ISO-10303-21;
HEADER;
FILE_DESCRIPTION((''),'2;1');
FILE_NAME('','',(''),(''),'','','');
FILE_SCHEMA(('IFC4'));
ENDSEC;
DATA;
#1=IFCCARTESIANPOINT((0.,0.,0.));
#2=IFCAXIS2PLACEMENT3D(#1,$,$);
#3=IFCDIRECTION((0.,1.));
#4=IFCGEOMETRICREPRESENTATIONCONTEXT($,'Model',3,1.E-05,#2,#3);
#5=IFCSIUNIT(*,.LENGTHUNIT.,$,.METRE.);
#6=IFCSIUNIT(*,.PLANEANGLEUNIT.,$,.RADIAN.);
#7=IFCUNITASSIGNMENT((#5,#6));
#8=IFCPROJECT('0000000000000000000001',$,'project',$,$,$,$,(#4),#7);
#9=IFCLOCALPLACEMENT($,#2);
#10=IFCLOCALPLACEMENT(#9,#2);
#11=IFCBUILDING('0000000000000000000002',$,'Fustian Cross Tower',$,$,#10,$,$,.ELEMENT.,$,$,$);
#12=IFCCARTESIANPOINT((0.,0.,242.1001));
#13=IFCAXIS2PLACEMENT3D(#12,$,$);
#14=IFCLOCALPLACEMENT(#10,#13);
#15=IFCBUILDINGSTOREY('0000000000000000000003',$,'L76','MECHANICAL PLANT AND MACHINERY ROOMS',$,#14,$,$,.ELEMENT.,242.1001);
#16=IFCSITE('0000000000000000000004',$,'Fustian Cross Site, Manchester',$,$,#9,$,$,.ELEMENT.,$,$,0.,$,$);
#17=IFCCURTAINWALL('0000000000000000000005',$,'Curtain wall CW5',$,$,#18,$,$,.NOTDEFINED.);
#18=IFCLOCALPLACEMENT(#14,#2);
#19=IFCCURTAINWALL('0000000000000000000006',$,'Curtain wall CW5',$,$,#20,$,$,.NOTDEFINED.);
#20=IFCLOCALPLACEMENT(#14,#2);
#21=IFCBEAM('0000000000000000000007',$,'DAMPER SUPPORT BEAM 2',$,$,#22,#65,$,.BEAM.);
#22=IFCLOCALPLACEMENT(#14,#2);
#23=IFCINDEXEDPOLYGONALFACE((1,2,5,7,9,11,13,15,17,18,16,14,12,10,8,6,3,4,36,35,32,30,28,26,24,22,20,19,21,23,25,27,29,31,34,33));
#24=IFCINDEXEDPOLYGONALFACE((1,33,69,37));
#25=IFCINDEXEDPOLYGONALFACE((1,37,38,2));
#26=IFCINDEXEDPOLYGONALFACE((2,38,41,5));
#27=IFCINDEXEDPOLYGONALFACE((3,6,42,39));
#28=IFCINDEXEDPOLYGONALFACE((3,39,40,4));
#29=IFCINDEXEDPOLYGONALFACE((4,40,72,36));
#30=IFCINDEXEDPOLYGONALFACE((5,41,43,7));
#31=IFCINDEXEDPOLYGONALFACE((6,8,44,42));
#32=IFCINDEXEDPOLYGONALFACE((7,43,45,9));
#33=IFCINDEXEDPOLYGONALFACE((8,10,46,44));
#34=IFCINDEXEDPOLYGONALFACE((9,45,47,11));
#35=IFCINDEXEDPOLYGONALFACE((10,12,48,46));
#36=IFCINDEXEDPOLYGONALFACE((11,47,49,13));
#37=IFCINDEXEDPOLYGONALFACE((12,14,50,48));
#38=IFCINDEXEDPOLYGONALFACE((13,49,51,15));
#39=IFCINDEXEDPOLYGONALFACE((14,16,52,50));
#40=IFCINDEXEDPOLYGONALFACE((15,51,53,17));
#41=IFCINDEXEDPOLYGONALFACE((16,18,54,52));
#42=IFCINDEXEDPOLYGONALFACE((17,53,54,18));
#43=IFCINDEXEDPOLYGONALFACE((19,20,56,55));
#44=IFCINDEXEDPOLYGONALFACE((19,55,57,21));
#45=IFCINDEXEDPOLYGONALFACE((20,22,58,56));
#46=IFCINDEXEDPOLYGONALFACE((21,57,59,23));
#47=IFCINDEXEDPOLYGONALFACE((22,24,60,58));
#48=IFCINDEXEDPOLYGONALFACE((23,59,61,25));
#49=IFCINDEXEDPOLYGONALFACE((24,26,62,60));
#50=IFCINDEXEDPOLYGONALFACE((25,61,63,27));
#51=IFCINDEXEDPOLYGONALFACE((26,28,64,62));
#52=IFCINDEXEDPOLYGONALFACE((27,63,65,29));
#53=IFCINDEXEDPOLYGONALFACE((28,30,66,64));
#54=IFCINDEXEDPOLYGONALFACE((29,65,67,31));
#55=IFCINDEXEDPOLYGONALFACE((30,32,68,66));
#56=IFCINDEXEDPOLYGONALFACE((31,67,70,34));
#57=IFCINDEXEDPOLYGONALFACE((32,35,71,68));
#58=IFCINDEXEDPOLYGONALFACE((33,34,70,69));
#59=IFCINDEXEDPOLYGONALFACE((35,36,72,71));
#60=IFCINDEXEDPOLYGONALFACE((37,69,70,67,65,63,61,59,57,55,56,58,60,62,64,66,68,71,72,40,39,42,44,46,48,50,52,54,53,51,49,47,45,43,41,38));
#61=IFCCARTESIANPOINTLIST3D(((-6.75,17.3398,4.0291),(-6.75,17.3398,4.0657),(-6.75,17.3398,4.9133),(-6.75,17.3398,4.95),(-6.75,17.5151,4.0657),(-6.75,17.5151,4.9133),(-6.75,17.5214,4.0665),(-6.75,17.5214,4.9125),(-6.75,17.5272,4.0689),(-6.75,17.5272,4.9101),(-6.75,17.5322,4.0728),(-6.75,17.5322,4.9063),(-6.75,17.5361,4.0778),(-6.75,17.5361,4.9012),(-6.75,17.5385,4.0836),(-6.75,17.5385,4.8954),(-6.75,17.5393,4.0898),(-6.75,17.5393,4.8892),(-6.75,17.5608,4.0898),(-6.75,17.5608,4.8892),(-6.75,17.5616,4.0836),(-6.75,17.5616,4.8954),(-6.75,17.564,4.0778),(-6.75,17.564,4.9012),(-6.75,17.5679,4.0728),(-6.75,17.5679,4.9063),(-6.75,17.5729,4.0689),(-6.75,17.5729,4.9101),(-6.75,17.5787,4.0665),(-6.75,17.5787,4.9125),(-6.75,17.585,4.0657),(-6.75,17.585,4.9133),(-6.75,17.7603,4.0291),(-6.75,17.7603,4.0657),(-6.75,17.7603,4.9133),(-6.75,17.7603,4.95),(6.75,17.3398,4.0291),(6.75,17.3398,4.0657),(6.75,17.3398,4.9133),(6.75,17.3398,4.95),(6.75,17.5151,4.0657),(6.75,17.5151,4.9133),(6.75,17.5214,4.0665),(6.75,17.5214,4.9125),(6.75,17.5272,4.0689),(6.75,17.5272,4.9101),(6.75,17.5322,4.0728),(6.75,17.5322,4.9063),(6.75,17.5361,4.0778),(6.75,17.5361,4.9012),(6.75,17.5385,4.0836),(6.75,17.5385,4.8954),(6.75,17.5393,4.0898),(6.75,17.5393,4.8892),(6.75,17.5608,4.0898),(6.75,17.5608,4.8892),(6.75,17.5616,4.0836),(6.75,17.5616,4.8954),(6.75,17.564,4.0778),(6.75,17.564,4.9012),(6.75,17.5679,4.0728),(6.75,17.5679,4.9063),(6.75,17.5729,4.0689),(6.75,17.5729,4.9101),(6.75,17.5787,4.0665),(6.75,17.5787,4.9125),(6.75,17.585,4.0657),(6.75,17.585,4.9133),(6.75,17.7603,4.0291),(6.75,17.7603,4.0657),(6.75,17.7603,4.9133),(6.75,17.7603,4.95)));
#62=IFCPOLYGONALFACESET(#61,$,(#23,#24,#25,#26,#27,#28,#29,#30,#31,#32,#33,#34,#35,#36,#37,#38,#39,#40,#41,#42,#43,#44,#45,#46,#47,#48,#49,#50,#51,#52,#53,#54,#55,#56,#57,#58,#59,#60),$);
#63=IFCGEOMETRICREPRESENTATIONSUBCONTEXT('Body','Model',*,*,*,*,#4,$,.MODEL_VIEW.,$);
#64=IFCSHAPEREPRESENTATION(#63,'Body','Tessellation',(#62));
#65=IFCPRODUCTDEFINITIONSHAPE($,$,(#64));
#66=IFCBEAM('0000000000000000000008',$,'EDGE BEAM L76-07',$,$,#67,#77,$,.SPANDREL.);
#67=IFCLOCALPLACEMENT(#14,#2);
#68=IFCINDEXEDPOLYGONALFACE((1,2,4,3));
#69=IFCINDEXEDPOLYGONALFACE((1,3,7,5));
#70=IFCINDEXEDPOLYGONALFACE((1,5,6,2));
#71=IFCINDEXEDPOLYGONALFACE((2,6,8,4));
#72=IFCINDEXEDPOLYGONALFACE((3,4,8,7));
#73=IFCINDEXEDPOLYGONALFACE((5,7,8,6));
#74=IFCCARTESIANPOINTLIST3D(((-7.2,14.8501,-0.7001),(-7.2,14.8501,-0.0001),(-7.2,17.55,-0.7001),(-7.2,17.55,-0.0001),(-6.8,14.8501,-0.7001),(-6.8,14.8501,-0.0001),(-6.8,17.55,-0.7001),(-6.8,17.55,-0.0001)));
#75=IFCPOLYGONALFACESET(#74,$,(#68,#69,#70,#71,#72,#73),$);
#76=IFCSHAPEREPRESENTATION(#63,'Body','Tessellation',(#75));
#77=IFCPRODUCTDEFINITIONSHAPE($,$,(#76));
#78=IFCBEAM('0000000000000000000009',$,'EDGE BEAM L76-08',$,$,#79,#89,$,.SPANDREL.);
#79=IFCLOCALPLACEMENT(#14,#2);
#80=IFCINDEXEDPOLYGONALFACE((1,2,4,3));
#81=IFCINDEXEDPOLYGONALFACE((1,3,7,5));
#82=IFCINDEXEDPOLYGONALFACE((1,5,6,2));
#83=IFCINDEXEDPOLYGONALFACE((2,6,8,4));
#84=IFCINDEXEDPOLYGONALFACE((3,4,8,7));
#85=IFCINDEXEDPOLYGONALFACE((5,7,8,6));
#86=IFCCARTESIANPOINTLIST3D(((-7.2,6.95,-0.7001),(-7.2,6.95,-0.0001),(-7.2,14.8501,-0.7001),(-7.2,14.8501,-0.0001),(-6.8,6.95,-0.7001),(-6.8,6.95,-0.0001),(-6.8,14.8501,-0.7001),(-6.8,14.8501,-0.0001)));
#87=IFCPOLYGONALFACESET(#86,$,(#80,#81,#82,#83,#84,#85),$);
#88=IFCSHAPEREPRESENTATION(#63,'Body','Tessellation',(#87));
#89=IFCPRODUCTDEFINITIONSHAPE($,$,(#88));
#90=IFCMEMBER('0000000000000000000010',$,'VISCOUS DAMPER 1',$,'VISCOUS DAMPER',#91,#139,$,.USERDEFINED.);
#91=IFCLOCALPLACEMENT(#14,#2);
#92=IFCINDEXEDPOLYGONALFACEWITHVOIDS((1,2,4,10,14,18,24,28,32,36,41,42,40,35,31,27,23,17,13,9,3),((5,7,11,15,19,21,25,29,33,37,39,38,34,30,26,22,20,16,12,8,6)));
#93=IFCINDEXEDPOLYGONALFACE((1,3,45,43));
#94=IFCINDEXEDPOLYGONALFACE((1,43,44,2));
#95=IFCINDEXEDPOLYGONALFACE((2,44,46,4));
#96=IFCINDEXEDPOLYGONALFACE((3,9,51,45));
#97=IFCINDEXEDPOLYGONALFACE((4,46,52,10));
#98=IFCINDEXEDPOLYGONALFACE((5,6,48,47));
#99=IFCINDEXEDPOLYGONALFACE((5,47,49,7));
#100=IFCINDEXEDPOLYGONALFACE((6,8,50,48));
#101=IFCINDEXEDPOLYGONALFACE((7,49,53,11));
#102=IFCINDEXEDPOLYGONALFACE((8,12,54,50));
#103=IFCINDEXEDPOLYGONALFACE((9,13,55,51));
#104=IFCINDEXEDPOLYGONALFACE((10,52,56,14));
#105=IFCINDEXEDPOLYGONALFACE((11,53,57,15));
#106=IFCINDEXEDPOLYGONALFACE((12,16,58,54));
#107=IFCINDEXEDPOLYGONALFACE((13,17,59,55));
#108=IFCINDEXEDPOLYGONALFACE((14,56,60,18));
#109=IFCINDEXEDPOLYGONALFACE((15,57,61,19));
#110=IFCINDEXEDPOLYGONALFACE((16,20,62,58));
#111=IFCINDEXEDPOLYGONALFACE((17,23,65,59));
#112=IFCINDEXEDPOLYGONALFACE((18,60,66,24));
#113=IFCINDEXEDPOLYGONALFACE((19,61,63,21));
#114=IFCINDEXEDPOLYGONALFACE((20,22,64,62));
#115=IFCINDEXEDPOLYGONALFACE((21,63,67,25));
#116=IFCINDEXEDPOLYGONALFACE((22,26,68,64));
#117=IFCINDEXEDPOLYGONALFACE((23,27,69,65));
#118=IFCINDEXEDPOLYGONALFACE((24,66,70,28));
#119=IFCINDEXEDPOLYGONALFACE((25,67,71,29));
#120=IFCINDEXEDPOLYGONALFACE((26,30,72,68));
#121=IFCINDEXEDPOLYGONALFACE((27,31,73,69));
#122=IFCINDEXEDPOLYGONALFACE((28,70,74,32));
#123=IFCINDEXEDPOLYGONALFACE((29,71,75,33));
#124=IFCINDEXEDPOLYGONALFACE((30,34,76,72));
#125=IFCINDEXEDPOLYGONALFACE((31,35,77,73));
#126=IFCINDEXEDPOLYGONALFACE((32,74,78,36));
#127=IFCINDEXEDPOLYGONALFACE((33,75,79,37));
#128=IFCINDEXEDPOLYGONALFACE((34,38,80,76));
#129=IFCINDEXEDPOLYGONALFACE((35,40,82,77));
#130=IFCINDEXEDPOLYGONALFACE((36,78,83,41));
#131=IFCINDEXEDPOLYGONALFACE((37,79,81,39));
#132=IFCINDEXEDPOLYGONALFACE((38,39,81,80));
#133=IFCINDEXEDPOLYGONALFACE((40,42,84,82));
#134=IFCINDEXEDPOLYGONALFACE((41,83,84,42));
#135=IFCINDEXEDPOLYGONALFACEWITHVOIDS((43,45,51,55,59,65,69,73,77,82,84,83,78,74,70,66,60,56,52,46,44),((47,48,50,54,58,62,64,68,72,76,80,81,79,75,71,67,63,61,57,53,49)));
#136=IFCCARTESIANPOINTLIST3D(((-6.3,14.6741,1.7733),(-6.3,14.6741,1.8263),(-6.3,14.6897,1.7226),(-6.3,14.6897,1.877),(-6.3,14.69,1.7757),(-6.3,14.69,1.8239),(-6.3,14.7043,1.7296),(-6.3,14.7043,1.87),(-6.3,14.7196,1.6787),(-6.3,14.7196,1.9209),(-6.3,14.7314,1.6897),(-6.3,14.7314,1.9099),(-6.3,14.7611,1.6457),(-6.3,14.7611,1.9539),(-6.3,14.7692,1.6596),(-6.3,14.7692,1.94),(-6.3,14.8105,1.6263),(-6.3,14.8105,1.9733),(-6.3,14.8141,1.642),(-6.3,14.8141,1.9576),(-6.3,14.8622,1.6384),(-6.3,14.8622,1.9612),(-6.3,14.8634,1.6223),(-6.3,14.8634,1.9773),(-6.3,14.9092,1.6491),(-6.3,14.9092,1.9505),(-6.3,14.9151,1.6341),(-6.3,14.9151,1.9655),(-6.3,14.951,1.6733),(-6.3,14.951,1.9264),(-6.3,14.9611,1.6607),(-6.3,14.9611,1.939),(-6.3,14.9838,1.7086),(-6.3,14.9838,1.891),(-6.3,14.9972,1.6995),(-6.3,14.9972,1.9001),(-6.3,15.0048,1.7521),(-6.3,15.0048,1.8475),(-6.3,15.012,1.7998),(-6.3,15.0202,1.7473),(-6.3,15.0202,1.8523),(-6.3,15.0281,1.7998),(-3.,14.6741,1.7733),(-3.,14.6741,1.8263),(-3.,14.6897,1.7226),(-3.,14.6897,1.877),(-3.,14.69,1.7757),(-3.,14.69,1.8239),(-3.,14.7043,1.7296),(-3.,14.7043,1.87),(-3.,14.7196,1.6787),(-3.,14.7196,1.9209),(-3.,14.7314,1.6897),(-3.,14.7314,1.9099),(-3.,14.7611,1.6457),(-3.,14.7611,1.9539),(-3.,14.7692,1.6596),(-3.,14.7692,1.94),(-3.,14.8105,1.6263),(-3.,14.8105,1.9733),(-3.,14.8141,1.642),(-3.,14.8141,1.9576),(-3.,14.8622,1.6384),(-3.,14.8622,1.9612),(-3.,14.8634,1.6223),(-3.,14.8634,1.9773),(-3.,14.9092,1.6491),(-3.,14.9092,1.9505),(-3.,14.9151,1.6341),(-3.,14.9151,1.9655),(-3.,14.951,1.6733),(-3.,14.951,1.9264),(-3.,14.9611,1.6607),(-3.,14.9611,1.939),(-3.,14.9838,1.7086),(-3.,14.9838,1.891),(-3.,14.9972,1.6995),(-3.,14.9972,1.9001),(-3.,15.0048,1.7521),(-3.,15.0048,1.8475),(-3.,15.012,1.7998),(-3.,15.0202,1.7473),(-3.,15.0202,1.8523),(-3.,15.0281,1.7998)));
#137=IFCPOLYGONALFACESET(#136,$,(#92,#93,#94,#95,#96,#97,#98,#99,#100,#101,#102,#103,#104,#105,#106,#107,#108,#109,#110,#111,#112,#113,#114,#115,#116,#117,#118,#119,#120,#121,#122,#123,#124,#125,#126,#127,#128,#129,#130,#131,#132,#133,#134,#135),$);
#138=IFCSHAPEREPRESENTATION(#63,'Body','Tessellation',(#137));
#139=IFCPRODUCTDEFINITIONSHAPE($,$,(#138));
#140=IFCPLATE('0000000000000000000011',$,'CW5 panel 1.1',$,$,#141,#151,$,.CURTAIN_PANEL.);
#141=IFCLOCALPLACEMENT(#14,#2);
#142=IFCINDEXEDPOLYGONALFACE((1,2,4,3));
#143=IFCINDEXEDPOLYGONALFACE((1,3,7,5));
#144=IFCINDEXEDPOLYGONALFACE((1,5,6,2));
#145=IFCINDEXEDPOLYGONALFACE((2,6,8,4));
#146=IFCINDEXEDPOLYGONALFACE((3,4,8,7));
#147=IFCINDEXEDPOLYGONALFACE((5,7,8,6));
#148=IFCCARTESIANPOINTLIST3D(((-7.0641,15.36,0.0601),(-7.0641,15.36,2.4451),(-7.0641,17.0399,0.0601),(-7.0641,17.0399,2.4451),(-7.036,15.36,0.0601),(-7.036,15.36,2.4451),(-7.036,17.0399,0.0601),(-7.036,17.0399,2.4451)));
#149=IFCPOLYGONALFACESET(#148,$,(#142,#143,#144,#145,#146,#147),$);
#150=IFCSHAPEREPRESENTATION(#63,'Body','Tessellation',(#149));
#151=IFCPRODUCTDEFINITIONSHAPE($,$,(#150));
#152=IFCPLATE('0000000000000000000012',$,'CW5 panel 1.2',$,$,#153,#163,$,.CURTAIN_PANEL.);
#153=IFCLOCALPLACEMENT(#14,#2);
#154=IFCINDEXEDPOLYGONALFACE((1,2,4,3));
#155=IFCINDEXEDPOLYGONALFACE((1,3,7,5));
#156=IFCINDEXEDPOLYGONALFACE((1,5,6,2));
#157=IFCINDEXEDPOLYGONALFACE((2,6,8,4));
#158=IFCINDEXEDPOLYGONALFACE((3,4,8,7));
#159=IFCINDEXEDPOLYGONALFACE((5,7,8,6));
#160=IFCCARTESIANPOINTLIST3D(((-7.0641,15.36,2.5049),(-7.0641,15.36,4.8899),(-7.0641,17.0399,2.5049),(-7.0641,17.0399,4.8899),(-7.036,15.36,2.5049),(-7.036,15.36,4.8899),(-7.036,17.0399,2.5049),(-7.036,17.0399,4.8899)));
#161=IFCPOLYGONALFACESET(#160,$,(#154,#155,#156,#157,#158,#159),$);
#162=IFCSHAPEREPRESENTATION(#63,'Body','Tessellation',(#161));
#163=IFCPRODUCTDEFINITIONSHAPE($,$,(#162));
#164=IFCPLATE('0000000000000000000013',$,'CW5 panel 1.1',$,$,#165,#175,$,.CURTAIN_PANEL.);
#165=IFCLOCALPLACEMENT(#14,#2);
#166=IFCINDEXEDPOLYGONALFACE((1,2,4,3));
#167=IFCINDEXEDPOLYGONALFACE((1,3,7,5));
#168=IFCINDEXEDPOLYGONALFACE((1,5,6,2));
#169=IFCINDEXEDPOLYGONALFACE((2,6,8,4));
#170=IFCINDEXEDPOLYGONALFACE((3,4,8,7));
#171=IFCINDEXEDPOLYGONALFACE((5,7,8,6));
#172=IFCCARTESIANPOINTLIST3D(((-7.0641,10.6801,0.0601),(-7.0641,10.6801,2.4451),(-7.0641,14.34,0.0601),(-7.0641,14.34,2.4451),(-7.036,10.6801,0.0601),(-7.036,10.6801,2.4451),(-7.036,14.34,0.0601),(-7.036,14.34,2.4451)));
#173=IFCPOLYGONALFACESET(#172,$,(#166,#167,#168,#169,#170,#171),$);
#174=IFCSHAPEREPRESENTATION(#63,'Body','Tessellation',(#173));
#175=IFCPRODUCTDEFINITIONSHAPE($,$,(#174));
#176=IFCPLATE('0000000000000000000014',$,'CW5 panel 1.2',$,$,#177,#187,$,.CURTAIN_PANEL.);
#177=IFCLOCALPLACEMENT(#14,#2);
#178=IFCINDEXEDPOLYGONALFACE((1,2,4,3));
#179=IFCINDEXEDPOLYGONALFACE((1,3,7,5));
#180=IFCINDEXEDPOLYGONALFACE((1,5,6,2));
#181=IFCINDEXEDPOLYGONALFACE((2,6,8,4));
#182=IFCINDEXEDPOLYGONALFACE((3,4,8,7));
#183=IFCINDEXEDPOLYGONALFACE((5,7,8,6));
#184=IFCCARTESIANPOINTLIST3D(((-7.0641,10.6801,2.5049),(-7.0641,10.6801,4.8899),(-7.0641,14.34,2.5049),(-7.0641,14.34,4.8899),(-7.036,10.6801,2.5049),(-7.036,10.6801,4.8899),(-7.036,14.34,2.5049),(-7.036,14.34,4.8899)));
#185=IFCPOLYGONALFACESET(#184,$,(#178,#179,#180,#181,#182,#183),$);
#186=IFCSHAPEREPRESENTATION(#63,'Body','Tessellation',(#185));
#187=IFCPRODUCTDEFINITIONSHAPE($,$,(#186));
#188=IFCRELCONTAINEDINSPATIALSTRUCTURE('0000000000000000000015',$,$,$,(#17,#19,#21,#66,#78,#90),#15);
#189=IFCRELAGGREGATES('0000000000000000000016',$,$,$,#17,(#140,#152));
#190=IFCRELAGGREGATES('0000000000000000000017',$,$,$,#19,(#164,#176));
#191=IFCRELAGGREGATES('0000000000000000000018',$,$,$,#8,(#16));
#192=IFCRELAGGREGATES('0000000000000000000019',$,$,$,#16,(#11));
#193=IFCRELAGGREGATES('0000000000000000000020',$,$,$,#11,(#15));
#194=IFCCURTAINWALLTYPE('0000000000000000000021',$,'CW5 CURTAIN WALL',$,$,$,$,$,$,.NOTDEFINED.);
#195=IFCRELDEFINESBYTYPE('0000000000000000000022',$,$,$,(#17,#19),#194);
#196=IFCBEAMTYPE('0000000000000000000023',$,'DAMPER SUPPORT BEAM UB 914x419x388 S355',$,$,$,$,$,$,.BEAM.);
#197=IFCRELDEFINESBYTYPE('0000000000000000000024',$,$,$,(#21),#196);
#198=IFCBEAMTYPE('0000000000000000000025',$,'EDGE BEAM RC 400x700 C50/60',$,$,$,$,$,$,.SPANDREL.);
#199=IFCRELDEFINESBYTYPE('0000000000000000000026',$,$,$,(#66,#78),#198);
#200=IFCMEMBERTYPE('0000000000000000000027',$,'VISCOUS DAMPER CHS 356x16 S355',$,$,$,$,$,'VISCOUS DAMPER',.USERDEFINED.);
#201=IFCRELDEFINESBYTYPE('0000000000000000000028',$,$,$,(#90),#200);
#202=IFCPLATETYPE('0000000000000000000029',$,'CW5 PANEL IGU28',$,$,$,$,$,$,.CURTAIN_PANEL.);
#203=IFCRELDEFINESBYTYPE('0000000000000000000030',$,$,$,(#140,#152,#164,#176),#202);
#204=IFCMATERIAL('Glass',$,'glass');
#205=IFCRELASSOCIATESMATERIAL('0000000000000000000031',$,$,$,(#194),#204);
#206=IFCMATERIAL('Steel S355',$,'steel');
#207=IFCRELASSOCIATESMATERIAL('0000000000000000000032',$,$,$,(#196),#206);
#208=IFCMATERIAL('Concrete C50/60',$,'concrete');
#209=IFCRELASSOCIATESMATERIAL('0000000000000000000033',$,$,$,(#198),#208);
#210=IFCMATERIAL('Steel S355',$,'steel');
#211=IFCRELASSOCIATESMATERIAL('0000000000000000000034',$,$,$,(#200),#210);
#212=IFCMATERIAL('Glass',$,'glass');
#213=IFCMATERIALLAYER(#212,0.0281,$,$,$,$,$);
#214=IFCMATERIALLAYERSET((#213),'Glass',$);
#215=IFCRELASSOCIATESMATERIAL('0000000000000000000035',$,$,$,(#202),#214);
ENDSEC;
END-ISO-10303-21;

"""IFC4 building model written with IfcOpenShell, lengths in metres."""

from ifc_helpers import new_model, si_unit, direction, frame, origin, origin_2d, place, context, subcontext, project, spatial, rectangle, hollow_circle, i_section, extrude, material, layer, layer_set, material_profile, profile_set, type_object, element, aggregate, save


model = new_model("IFC4")

# Units and contexts
model_context = context("Model", 3, precision=1e-05, world=origin(), true_north=direction((0.0, 1.0)))
body_context = subcontext(model_context, "Body", "Model", "MODEL_VIEW")
ifc_project = project(units=[si_unit("LENGTHUNIT", "METRE"), si_unit("PLANEANGLEUNIT", "RADIAN")], contexts=[model_context])

# Site, building, storey
site_placement = place(None, origin())
site = spatial("IfcSite", under=ifc_project, at=site_placement, Name="Fustian Cross Site, Manchester", CompositionType="ELEMENT", RefElevation=0.0)
building_placement = place(site_placement, origin())
building = spatial("IfcBuilding", under=site, at=building_placement, Name="Fustian Cross Tower", CompositionType="ELEMENT")
storey_placement = place(building_placement, frame((0.0, 0.0, 242.1001)))
storey = spatial("IfcBuildingStorey", under=building, at=storey_placement, Name="L76", Description="MECHANICAL PLANT AND MACHINERY ROOMS", CompositionType="ELEMENT", Elevation=242.1001)

# Curtain walls
ifc_material_1 = material(Name="Glass", Category="glass")
curtain_wall_type = type_object("IfcCurtainWallType", Name="CW5 CURTAIN WALL", PredefinedType="NOTDEFINED", material=ifc_material_1)
curtain_wall_1_placement = place(storey_placement, origin())
curtain_wall_1 = element("IfcCurtainWall", 1, at=curtain_wall_1_placement, inside=storey, type_object=curtain_wall_type, Name="Curtain wall CW5", PredefinedType="NOTDEFINED")
curtain_wall_2_placement = place(storey_placement, origin())
curtain_wall_2 = element("IfcCurtainWall", 2, at=curtain_wall_2_placement, inside=storey, type_object=curtain_wall_type, Name="Curtain wall CW5", PredefinedType="NOTDEFINED")

# Beams
ifc_material_2 = material(Name="Steel S355", Category="steel")
ifc_material_profile_1 = material_profile(ifc_material_2, i_section(OverallWidth=0.4204, OverallDepth=0.9209, WebThickness=0.0215, FlangeThickness=0.0366, FilletRadius=0.0242, at=origin_2d()), Name="UB 914x419x388")
ifc_profile_set_1 = profile_set([ifc_material_profile_1], Name="Steel S355")
beam_type_1 = type_object("IfcBeamType", Name="DAMPER SUPPORT BEAM UB 914x419x388 S355", PredefinedType="BEAM", material=ifc_profile_set_1)
for number, where, z_axis, x_axis, name in (
    (3, (-6.75, 17.55, 4.4895), (1.0, 0.0, 0.0), (0.0, 1.0, 0.0), "DAMPER SUPPORT BEAM 2"),
):
    element("IfcBeam", number, at=place(storey_placement, frame(where, z_axis=z_axis, x_axis=x_axis)), inside=storey, type_object=beam_type_1, Name=name, PredefinedType="BEAM", context=body_context, shape_type="SweptSolid", body=[
        extrude(i_section(OverallWidth=0.4204, OverallDepth=0.9209, WebThickness=0.0215, FlangeThickness=0.0366, FilletRadius=0.0242, at=origin_2d()), origin(), (0.0, 0.0, 1.0), 13.5),
    ])
ifc_material_3 = material(Name="Concrete C50/60", Category="concrete")
ifc_material_profile_2 = material_profile(ifc_material_3, rectangle(XDim=0.3999, YDim=0.7, at=origin_2d()), Name="RC 400x700")
ifc_profile_set_2 = profile_set([ifc_material_profile_2], Name="Concrete C50/60")
beam_type_2 = type_object("IfcBeamType", Name="EDGE BEAM RC 400x700 C50/60", PredefinedType="SPANDREL", material=ifc_profile_set_2)
beam_1_placement = place(storey_placement, frame((-7.0, 17.55, -0.3501), z_axis=(0.0, -1.0, 0.0), x_axis=(1.0, 0.0, 0.0)))
element("IfcBeam", 4, at=beam_1_placement, inside=storey, type_object=beam_type_2, Name="EDGE BEAM L76-07", PredefinedType="SPANDREL", context=body_context, shape_type="SweptSolid", body=[
    extrude(rectangle(XDim=0.3999, YDim=0.7, at=origin_2d()), origin(), (0.0, 0.0, 1.0), 2.7),
])
beam_2_placement = place(storey_placement, frame((-7.0, 14.8501, -0.3501), z_axis=(0.0, -1.0, 0.0), x_axis=(1.0, 0.0, 0.0)))
element("IfcBeam", 5, at=beam_2_placement, inside=storey, type_object=beam_type_2, Name="EDGE BEAM L76-08", PredefinedType="SPANDREL", context=body_context, shape_type="SweptSolid", body=[
    extrude(rectangle(XDim=0.3999, YDim=0.7, at=origin_2d()), origin(), (0.0, 0.0, 1.0), 7.9001),
])

# Member
ifc_material_4 = material(Name="Steel S355", Category="steel")
ifc_material_profile_3 = material_profile(ifc_material_4, hollow_circle(Radius=0.178, WallThickness=0.0161, at=origin_2d()), Name="CHS 356x16")
ifc_profile_set_3 = profile_set([ifc_material_profile_3], Name="Steel S355")
member_type_1 = type_object("IfcMemberType", Name="VISCOUS DAMPER CHS 356x16 S355", ElementType="VISCOUS DAMPER", PredefinedType="USERDEFINED", material=ifc_profile_set_3)
member_1_placement = place(storey_placement, frame((-6.3, 14.8501, 1.7998), z_axis=(1.0, 0.0, 0.0), x_axis=(0.0, 1.0, 0.0)))
element("IfcMember", 6, at=member_1_placement, inside=storey, type_object=member_type_1, Name="VISCOUS DAMPER 1", ObjectType="VISCOUS DAMPER", PredefinedType="USERDEFINED", context=body_context, shape_type="SweptSolid", body=[
    extrude(hollow_circle(Radius=0.178, WallThickness=0.0161, at=origin_2d()), origin(), (0.0, 0.0, 1.0), 3.3),
])

# Plates
ifc_material_5 = material(Name="Glass", Category="glass")
ifc_layer = layer(ifc_material_5, 0.0281)
ifc_layer_set = layer_set([ifc_layer], Name="Glass")
plate_type = type_object("IfcPlateType", Name="CW5 PANEL IGU28", PredefinedType="CURTAIN_PANEL", material=ifc_layer_set)
plate_1_placement = place(storey_placement, frame((-7.05, 16.2, 0.0601), z_axis=(0.0, 0.0, 1.0), x_axis=(0.0, -1.0, 0.0)))
plate_1 = element("IfcPlate", 7, at=plate_1_placement, type_object=plate_type, Name="CW5 panel 1.1", PredefinedType="CURTAIN_PANEL", context=body_context, shape_type="SweptSolid", body=[
    extrude(rectangle(XDim=1.6799, YDim=0.0281, at=origin_2d()), origin(), (0.0, 0.0, 1.0), 2.385),
])
plate_2_placement = place(storey_placement, frame((-7.05, 16.2, 2.5049), z_axis=(0.0, 0.0, 1.0), x_axis=(0.0, -1.0, 0.0)))
plate_2 = element("IfcPlate", 8, at=plate_2_placement, type_object=plate_type, Name="CW5 panel 1.2", PredefinedType="CURTAIN_PANEL", context=body_context, shape_type="SweptSolid", body=[
    extrude(rectangle(XDim=1.6799, YDim=0.0281, at=origin_2d()), origin(), (0.0, 0.0, 1.0), 2.385),
])
aggregate(curtain_wall_1, [plate_1, plate_2])
plate_3_placement = place(storey_placement, frame((-7.05, 12.51, 0.0601), z_axis=(0.0, 0.0, 1.0), x_axis=(0.0, -1.0, 0.0)))
plate_3 = element("IfcPlate", 9, at=plate_3_placement, type_object=plate_type, Name="CW5 panel 1.1", PredefinedType="CURTAIN_PANEL", context=body_context, shape_type="SweptSolid", body=[
    extrude(rectangle(XDim=3.6599, YDim=0.0281, at=origin_2d()), origin(), (0.0, 0.0, 1.0), 2.385),
])
plate_4_placement = place(storey_placement, frame((-7.05, 12.51, 2.5049), z_axis=(0.0, 0.0, 1.0), x_axis=(0.0, -1.0, 0.0)))
plate_4 = element("IfcPlate", 10, at=plate_4_placement, type_object=plate_type, Name="CW5 panel 1.2", PredefinedType="CURTAIN_PANEL", context=body_context, shape_type="SweptSolid", body=[
    extrude(rectangle(XDim=3.6599, YDim=0.0281, at=origin_2d()), origin(), (0.0, 0.0, 1.0), 2.385),
])
aggregate(curtain_wall_2, [plate_3, plate_4])

save(model, "model.ifc")
